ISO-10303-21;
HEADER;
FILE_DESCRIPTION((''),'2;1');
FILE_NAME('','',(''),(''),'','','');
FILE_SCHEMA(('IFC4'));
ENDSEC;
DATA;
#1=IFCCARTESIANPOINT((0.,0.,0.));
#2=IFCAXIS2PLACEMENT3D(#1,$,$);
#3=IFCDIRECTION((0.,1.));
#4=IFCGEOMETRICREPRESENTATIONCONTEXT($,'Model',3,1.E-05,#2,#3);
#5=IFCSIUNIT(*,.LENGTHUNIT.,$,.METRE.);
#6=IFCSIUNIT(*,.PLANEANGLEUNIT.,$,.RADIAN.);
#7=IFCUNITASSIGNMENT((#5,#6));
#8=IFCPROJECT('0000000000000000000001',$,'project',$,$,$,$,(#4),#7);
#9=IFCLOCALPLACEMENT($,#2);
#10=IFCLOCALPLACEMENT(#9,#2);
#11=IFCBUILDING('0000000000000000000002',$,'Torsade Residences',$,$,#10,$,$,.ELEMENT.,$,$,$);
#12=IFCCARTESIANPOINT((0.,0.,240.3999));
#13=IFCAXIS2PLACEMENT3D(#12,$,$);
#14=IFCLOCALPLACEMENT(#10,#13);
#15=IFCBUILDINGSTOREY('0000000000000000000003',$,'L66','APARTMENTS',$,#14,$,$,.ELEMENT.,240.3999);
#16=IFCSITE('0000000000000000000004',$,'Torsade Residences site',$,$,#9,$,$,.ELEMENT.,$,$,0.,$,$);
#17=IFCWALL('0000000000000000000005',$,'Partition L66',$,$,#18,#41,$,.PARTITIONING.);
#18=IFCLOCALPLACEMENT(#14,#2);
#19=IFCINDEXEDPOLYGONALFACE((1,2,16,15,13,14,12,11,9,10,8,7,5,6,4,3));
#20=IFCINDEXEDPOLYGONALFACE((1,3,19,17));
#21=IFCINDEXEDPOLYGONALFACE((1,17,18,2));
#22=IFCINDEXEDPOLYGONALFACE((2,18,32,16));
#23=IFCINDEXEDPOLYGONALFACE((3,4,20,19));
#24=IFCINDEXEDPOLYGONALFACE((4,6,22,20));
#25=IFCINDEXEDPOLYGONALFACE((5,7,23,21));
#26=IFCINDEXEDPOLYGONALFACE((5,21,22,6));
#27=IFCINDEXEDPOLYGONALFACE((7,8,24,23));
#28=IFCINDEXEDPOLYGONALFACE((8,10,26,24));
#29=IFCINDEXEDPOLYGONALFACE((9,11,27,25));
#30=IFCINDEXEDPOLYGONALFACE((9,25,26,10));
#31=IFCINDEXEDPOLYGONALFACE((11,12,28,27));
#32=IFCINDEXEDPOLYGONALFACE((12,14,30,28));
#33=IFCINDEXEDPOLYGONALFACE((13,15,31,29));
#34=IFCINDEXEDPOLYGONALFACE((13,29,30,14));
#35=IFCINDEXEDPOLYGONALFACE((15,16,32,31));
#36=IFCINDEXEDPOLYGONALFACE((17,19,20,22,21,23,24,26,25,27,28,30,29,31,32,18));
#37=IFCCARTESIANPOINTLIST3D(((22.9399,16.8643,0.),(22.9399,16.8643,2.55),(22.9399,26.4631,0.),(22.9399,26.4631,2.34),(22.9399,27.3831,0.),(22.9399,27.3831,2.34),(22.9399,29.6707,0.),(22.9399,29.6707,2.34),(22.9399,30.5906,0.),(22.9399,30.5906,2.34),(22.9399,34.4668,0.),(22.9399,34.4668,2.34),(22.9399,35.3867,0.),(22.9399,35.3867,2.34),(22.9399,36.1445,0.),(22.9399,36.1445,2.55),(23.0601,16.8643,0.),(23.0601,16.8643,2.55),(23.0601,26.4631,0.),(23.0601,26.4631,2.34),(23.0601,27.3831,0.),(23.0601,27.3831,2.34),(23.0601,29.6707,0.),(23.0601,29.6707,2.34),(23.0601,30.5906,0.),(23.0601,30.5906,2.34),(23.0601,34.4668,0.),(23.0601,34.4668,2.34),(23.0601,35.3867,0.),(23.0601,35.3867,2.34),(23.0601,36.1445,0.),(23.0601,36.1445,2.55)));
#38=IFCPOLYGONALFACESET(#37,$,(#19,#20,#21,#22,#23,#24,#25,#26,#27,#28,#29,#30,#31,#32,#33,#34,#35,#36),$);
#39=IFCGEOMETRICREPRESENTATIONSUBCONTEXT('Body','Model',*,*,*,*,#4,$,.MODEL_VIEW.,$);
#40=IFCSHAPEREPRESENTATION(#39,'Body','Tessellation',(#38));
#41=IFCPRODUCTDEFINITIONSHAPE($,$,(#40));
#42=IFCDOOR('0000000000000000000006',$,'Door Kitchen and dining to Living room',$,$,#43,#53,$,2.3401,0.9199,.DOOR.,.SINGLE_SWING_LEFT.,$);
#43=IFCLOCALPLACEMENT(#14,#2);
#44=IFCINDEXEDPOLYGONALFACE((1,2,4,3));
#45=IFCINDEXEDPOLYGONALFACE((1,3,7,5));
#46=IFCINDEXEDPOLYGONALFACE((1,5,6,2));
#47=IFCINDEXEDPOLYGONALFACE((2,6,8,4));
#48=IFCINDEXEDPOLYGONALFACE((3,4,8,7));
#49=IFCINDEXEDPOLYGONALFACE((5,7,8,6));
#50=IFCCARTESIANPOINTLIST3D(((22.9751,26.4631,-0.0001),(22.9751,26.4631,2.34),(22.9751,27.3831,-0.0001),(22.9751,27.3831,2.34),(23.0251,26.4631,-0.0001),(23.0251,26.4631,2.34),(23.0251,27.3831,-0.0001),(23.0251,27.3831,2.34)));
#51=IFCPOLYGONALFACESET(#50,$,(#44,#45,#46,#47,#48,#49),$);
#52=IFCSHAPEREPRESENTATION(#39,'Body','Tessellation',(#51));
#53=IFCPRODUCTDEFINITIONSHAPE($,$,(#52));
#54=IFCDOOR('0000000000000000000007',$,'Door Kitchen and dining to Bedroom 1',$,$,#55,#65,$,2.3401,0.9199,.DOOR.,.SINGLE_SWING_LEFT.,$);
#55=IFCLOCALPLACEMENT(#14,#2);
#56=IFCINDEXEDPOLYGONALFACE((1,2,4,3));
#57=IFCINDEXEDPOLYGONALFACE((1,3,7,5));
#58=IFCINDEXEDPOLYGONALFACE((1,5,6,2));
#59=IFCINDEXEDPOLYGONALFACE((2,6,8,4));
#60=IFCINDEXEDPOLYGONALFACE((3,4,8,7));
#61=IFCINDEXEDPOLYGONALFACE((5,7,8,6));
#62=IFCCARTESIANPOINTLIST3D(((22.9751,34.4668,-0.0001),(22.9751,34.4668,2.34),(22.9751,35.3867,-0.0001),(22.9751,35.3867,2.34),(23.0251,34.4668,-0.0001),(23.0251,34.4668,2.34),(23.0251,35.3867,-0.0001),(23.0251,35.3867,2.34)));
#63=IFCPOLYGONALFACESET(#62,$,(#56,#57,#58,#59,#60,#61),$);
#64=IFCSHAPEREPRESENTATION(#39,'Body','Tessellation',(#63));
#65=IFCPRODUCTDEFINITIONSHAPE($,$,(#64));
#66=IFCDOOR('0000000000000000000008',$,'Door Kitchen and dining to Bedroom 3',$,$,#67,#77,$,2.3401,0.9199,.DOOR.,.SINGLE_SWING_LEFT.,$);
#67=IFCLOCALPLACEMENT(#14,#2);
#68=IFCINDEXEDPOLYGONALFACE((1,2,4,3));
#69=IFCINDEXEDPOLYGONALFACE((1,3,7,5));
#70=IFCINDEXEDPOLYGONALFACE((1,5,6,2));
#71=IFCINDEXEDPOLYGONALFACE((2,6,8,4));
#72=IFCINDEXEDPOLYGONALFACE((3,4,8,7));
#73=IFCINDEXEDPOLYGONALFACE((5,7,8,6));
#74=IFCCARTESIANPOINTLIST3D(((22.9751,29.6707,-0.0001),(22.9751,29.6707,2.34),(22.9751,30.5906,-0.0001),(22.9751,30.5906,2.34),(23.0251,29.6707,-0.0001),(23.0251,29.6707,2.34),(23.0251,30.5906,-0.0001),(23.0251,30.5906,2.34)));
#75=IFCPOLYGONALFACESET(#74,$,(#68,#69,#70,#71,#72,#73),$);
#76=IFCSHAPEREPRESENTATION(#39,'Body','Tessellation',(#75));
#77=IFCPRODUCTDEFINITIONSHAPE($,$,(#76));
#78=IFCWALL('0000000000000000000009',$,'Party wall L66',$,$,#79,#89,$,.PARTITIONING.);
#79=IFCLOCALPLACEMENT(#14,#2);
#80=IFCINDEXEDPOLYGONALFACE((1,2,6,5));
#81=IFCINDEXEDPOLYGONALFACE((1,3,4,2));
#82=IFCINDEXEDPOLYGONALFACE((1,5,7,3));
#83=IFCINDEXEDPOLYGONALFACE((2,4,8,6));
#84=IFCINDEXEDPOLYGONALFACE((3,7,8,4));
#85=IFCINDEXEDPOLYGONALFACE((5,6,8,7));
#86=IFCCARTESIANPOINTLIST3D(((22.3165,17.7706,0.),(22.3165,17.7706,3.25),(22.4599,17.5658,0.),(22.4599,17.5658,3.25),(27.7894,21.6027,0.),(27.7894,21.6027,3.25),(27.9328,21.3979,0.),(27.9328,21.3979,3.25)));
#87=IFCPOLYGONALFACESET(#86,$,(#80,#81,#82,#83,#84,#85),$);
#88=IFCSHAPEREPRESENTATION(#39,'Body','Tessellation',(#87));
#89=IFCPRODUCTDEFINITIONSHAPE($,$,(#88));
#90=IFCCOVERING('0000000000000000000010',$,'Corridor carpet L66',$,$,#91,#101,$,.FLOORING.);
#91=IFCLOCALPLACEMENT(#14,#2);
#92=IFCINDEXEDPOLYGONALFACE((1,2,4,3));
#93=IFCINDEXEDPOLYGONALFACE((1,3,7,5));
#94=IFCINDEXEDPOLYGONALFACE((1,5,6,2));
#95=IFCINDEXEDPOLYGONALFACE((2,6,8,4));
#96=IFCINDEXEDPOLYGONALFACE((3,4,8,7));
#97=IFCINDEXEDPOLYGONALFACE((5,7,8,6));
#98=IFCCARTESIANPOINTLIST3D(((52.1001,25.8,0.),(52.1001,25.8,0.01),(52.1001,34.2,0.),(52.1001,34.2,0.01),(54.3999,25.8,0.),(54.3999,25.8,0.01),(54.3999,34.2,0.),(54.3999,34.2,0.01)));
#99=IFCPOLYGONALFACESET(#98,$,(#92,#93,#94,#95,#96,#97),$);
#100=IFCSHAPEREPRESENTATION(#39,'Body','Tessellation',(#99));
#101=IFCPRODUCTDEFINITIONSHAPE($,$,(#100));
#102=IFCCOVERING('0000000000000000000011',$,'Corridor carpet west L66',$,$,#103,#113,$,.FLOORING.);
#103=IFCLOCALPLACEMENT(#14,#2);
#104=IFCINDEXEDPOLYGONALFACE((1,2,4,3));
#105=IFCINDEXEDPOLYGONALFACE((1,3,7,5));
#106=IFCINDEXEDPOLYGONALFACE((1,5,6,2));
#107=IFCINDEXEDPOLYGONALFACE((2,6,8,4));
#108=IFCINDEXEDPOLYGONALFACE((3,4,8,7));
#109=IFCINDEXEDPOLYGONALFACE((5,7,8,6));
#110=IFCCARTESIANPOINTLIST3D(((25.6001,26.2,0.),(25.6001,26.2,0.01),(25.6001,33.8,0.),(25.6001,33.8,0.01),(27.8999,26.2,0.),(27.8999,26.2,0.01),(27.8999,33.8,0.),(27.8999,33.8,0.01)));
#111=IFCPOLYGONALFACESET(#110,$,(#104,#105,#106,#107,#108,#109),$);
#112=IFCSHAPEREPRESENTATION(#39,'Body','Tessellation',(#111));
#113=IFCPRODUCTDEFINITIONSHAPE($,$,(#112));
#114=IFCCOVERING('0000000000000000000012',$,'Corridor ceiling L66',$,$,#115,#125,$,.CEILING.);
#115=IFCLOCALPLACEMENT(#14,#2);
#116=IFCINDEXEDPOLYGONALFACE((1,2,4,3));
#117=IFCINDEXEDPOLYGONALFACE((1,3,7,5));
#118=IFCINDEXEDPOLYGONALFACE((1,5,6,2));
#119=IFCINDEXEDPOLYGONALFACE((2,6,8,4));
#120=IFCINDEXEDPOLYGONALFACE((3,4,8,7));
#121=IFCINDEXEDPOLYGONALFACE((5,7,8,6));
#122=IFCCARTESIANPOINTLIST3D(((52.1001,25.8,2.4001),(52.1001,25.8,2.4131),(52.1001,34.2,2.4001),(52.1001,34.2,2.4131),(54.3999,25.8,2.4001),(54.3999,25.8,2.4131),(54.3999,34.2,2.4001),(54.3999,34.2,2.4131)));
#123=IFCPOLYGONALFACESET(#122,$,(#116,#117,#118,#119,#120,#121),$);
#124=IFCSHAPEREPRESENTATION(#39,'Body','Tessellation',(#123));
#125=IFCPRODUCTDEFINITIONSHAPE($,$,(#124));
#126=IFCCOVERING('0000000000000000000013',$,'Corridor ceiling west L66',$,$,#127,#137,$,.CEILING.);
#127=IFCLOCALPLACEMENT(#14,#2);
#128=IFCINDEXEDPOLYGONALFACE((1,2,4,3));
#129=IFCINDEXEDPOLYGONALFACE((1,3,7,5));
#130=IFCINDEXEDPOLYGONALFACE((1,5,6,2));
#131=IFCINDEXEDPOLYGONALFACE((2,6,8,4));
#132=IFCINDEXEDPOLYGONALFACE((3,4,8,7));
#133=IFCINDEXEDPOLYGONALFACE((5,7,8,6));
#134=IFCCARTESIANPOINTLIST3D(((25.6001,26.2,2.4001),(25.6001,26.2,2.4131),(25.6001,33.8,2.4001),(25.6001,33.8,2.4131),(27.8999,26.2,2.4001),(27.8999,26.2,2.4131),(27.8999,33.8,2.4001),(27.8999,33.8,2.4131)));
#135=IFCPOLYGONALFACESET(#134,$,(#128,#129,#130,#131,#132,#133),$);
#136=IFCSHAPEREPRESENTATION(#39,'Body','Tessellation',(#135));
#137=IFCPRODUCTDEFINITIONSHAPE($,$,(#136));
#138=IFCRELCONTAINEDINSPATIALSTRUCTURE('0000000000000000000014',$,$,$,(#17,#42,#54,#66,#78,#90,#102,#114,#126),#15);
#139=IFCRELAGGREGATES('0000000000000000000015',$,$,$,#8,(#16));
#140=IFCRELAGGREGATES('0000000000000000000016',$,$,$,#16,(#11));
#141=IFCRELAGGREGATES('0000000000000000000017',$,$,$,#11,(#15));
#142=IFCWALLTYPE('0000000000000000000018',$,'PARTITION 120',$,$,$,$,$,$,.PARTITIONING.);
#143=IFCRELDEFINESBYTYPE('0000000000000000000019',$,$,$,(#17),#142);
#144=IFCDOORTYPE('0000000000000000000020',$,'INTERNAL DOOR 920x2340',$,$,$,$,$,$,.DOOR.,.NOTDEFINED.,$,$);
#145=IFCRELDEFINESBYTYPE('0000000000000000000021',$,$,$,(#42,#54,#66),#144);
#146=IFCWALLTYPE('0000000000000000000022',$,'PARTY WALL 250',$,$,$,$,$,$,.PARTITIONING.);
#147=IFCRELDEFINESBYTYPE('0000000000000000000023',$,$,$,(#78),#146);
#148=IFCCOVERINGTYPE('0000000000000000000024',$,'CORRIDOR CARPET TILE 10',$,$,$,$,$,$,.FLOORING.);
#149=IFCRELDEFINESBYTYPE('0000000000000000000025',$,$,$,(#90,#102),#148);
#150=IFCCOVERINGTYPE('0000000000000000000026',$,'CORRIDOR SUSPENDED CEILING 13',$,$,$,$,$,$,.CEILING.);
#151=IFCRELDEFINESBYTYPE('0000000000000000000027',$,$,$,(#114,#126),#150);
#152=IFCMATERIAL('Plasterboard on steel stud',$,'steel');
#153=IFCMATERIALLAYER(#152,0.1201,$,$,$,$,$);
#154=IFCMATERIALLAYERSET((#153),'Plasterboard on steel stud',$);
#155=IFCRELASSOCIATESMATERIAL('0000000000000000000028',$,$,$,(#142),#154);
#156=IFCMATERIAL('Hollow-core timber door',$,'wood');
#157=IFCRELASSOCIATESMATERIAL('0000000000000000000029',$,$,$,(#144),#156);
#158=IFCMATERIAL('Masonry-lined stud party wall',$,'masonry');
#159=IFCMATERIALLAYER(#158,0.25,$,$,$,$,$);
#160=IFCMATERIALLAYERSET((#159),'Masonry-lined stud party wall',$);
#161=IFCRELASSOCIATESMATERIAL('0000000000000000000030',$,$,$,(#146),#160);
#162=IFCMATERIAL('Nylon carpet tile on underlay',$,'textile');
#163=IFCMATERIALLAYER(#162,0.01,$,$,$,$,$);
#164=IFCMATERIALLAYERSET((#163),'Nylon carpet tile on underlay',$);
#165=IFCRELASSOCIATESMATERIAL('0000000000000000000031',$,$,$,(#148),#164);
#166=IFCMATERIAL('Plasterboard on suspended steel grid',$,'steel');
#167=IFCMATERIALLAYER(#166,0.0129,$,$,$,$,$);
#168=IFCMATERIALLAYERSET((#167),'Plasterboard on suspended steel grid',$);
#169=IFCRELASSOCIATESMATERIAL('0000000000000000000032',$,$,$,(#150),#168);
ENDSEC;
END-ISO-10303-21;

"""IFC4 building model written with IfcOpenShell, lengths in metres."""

from ifc_helpers import new_model, si_unit, direction, frame, frame_2d, origin, place, context, subcontext, project, spatial, polyline, rectangle, outline, extrude, material, layer, layer_set, type_object, element, fill, save


model = new_model("IFC4")

# Units and contexts
model_context = context("Model", 3, precision=1e-05, world=origin(), true_north=direction((0.0, 1.0)))
body_context = subcontext(model_context, "Body", "Model", "MODEL_VIEW")
ifc_project = project(units=[si_unit("LENGTHUNIT", "METRE"), si_unit("PLANEANGLEUNIT", "RADIAN")], contexts=[model_context])

# Site, building, storey
site_placement = place(None, origin())
site = spatial("IfcSite", under=ifc_project, at=site_placement, Name="Torsade Residences site", CompositionType="ELEMENT", RefElevation=0.0)
building_placement = place(site_placement, origin())
building = spatial("IfcBuilding", under=site, at=building_placement, Name="Torsade Residences", CompositionType="ELEMENT")
storey_placement = place(building_placement, frame((0.0, 0.0, 240.3999)))
storey = spatial("IfcBuildingStorey", under=building, at=storey_placement, Name="L66", Description="APARTMENTS", CompositionType="ELEMENT", Elevation=240.3999)

# Wall, openings, doors
ifc_material_1 = material(Name="Plasterboard on steel stud", Category="steel")
ifc_layer_1 = layer(ifc_material_1, 0.1201)
ifc_layer_set_1 = layer_set([ifc_layer_1], Name="Plasterboard on steel stud")
wall_type_1 = type_object("IfcWallType", Name="PARTITION 120", PredefinedType="PARTITIONING", material=ifc_layer_set_1)
wall_1_placement = place(storey_placement, frame((23.0, 16.8643, 0.0), z_axis=(0.0, 0.0, 1.0), x_axis=(0.0, 1.0, 0.0)))
wall_1 = element("IfcWall", 1, at=wall_1_placement, inside=storey, type_object=wall_type_1, Name="Partition L66", PredefinedType="PARTITIONING", context=body_context, shape_type="SweptSolid", body=[
    extrude(rectangle(XDim=19.2803, YDim=0.1201, at=frame_2d((9.6401, 0.0))), origin(), (0.0, 0.0, 1.0), 2.55),
])
opening_1_placement = place(wall_1_placement, frame((9.5989, 0.0, 0.0)))
opening_1 = element("IfcOpeningElement", 2, at=opening_1_placement, cuts=wall_1, PredefinedType="OPENING", context=body_context, shape_type="SweptSolid", body=[
    extrude(rectangle(XDim=0.9199, YDim=2.3401, at=frame_2d((0.46, 1.1699))), frame((0.0, 0.0701, 0.0), z_axis=(0.0, -1.0, 0.0), x_axis=(1.0, 0.0, 0.0)), (0.0, 0.0, 1.0), 0.1401),
])
opening_2_placement = place(wall_1_placement, frame((17.6025, 0.0, 0.0)))
opening_2 = element("IfcOpeningElement", 3, at=opening_2_placement, cuts=wall_1, PredefinedType="OPENING", context=body_context, shape_type="SweptSolid", body=[
    extrude(rectangle(XDim=0.9199, YDim=2.3401, at=frame_2d((0.46, 1.1699))), frame((0.0, 0.0701, 0.0), z_axis=(0.0, -1.0, 0.0), x_axis=(1.0, 0.0, 0.0)), (0.0, 0.0, 1.0), 0.1401),
])
opening_3_placement = place(wall_1_placement, frame((12.8064, 0.0, 0.0)))
opening_3 = element("IfcOpeningElement", 4, at=opening_3_placement, cuts=wall_1, PredefinedType="OPENING", context=body_context, shape_type="SweptSolid", body=[
    extrude(rectangle(XDim=0.9199, YDim=2.3401, at=frame_2d((0.46, 1.1699))), frame((0.0, 0.0701, 0.0), z_axis=(0.0, -1.0, 0.0), x_axis=(1.0, 0.0, 0.0)), (0.0, 0.0, 1.0), 0.1401),
])
ifc_material_2 = material(Name="Hollow-core timber door", Category="wood")
door_type = type_object("IfcDoorType", Name="INTERNAL DOOR 920x2340", OperationType="NOTDEFINED", PredefinedType="DOOR", material=ifc_material_2)
door_1_placement = place(opening_1_placement, origin())
door_1 = element("IfcDoor", 5, at=door_1_placement, inside=storey, type_object=door_type, Name="Door Kitchen and dining to Living room", OperationType="SINGLE_SWING_LEFT", OverallHeight=2.3401, OverallWidth=0.9199, PredefinedType="DOOR", context=body_context, shape_type="SweptSolid", body=[
    extrude(rectangle(XDim=0.9199, YDim=2.3401, at=frame_2d((0.46, 1.1699))), frame((0.0, 0.0249, 0.0), z_axis=(0.0, -1.0, 0.0), x_axis=(1.0, 0.0, 0.0)), (0.0, 0.0, 1.0), 0.05),
])
fill(opening_1, door_1)
door_2_placement = place(opening_2_placement, origin())
door_2 = element("IfcDoor", 6, at=door_2_placement, inside=storey, type_object=door_type, Name="Door Kitchen and dining to Bedroom 1", OperationType="SINGLE_SWING_LEFT", OverallHeight=2.3401, OverallWidth=0.9199, PredefinedType="DOOR", context=body_context, shape_type="SweptSolid", body=[
    extrude(rectangle(XDim=0.9199, YDim=2.3401, at=frame_2d((0.46, 1.1699))), frame((0.0, 0.0249, 0.0), z_axis=(0.0, -1.0, 0.0), x_axis=(1.0, 0.0, 0.0)), (0.0, 0.0, 1.0), 0.05),
])
fill(opening_2, door_2)
door_3_placement = place(opening_3_placement, origin())
door_3 = element("IfcDoor", 7, at=door_3_placement, inside=storey, type_object=door_type, Name="Door Kitchen and dining to Bedroom 3", OperationType="SINGLE_SWING_LEFT", OverallHeight=2.3401, OverallWidth=0.9199, PredefinedType="DOOR", context=body_context, shape_type="SweptSolid", body=[
    extrude(rectangle(XDim=0.9199, YDim=2.3401, at=frame_2d((0.46, 1.1699))), frame((0.0, 0.0249, 0.0), z_axis=(0.0, -1.0, 0.0), x_axis=(1.0, 0.0, 0.0)), (0.0, 0.0, 1.0), 0.05),
])
fill(opening_3, door_3)

# Wall
ifc_material_3 = material(Name="Masonry-lined stud party wall", Category="masonry")
ifc_layer_2 = layer(ifc_material_3, 0.25)
ifc_layer_set_2 = layer_set([ifc_layer_2], Name="Masonry-lined stud party wall")
wall_type_2 = type_object("IfcWallType", Name="PARTY WALL 250", PredefinedType="PARTITIONING", material=ifc_layer_set_2)
wall_2_placement = place(storey_placement, frame((22.3882, 17.6682, 0.0), z_axis=(0.0, 0.0, 1.0), x_axis=(0.819162, 0.573563, 0.0)))
element("IfcWall", 8, at=wall_2_placement, inside=storey, type_object=wall_type_2, Name="Party wall L66", PredefinedType="PARTITIONING", context=body_context, shape_type="SweptSolid", body=[
    extrude(rectangle(XDim=6.6812, YDim=0.25, at=frame_2d((3.3406, 0.0))), origin(), (0.0, 0.0, 1.0), 3.25),
])

# Coverings
ifc_material_4 = material(Name="Nylon carpet tile on underlay", Category="textile")
ifc_layer_3 = layer(ifc_material_4, 0.01)
ifc_layer_set_3 = layer_set([ifc_layer_3], Name="Nylon carpet tile on underlay")
covering_type_1 = type_object("IfcCoveringType", Name="CORRIDOR CARPET TILE 10", PredefinedType="FLOORING", material=ifc_layer_set_3)
covering_1_placement = place(storey_placement, origin())
element("IfcCovering", 9, at=covering_1_placement, inside=storey, type_object=covering_type_1, Name="Corridor carpet L66", PredefinedType="FLOORING", context=body_context, shape_type="SweptSolid", body=[
    extrude(outline(polyline([(54.3999, 25.8), (54.3999, 34.2), (52.1001, 34.2), (52.1001, 25.8), (54.3999, 25.8)])), origin(), (0.0, 0.0, 1.0), 0.01),
])
covering_2_placement = place(storey_placement, origin())
element("IfcCovering", 10, at=covering_2_placement, inside=storey, type_object=covering_type_1, Name="Corridor carpet west L66", PredefinedType="FLOORING", context=body_context, shape_type="SweptSolid", body=[
    extrude(outline(polyline([(27.8999, 26.2), (27.8999, 33.8), (25.6001, 33.8), (25.6001, 26.2), (27.8999, 26.2)])), origin(), (0.0, 0.0, 1.0), 0.01),
])
ifc_material_5 = material(Name="Plasterboard on suspended steel grid", Category="steel")
ifc_layer_4 = layer(ifc_material_5, 0.0129)
ifc_layer_set_4 = layer_set([ifc_layer_4], Name="Plasterboard on suspended steel grid")
covering_type_2 = type_object("IfcCoveringType", Name="CORRIDOR SUSPENDED CEILING 13", PredefinedType="CEILING", material=ifc_layer_set_4)
covering_3_placement = place(storey_placement, frame((0.0, 0.0, 2.4001)))
element("IfcCovering", 11, at=covering_3_placement, inside=storey, type_object=covering_type_2, Name="Corridor ceiling L66", PredefinedType="CEILING", context=body_context, shape_type="SweptSolid", body=[
    extrude(outline(polyline([(54.3999, 25.8), (54.3999, 34.2), (52.1001, 34.2), (52.1001, 25.8), (54.3999, 25.8)])), origin(), (0.0, 0.0, 1.0), 0.0129),
])
covering_4_placement = place(storey_placement, frame((0.0, 0.0, 2.4001)))
element("IfcCovering", 12, at=covering_4_placement, inside=storey, type_object=covering_type_2, Name="Corridor ceiling west L66", PredefinedType="CEILING", context=body_context, shape_type="SweptSolid", body=[
    extrude(outline(polyline([(27.8999, 26.2), (27.8999, 33.8), (25.6001, 33.8), (25.6001, 26.2), (27.8999, 26.2)])), origin(), (0.0, 0.0, 1.0), 0.0129),
])

save(model, "model.ifc")
